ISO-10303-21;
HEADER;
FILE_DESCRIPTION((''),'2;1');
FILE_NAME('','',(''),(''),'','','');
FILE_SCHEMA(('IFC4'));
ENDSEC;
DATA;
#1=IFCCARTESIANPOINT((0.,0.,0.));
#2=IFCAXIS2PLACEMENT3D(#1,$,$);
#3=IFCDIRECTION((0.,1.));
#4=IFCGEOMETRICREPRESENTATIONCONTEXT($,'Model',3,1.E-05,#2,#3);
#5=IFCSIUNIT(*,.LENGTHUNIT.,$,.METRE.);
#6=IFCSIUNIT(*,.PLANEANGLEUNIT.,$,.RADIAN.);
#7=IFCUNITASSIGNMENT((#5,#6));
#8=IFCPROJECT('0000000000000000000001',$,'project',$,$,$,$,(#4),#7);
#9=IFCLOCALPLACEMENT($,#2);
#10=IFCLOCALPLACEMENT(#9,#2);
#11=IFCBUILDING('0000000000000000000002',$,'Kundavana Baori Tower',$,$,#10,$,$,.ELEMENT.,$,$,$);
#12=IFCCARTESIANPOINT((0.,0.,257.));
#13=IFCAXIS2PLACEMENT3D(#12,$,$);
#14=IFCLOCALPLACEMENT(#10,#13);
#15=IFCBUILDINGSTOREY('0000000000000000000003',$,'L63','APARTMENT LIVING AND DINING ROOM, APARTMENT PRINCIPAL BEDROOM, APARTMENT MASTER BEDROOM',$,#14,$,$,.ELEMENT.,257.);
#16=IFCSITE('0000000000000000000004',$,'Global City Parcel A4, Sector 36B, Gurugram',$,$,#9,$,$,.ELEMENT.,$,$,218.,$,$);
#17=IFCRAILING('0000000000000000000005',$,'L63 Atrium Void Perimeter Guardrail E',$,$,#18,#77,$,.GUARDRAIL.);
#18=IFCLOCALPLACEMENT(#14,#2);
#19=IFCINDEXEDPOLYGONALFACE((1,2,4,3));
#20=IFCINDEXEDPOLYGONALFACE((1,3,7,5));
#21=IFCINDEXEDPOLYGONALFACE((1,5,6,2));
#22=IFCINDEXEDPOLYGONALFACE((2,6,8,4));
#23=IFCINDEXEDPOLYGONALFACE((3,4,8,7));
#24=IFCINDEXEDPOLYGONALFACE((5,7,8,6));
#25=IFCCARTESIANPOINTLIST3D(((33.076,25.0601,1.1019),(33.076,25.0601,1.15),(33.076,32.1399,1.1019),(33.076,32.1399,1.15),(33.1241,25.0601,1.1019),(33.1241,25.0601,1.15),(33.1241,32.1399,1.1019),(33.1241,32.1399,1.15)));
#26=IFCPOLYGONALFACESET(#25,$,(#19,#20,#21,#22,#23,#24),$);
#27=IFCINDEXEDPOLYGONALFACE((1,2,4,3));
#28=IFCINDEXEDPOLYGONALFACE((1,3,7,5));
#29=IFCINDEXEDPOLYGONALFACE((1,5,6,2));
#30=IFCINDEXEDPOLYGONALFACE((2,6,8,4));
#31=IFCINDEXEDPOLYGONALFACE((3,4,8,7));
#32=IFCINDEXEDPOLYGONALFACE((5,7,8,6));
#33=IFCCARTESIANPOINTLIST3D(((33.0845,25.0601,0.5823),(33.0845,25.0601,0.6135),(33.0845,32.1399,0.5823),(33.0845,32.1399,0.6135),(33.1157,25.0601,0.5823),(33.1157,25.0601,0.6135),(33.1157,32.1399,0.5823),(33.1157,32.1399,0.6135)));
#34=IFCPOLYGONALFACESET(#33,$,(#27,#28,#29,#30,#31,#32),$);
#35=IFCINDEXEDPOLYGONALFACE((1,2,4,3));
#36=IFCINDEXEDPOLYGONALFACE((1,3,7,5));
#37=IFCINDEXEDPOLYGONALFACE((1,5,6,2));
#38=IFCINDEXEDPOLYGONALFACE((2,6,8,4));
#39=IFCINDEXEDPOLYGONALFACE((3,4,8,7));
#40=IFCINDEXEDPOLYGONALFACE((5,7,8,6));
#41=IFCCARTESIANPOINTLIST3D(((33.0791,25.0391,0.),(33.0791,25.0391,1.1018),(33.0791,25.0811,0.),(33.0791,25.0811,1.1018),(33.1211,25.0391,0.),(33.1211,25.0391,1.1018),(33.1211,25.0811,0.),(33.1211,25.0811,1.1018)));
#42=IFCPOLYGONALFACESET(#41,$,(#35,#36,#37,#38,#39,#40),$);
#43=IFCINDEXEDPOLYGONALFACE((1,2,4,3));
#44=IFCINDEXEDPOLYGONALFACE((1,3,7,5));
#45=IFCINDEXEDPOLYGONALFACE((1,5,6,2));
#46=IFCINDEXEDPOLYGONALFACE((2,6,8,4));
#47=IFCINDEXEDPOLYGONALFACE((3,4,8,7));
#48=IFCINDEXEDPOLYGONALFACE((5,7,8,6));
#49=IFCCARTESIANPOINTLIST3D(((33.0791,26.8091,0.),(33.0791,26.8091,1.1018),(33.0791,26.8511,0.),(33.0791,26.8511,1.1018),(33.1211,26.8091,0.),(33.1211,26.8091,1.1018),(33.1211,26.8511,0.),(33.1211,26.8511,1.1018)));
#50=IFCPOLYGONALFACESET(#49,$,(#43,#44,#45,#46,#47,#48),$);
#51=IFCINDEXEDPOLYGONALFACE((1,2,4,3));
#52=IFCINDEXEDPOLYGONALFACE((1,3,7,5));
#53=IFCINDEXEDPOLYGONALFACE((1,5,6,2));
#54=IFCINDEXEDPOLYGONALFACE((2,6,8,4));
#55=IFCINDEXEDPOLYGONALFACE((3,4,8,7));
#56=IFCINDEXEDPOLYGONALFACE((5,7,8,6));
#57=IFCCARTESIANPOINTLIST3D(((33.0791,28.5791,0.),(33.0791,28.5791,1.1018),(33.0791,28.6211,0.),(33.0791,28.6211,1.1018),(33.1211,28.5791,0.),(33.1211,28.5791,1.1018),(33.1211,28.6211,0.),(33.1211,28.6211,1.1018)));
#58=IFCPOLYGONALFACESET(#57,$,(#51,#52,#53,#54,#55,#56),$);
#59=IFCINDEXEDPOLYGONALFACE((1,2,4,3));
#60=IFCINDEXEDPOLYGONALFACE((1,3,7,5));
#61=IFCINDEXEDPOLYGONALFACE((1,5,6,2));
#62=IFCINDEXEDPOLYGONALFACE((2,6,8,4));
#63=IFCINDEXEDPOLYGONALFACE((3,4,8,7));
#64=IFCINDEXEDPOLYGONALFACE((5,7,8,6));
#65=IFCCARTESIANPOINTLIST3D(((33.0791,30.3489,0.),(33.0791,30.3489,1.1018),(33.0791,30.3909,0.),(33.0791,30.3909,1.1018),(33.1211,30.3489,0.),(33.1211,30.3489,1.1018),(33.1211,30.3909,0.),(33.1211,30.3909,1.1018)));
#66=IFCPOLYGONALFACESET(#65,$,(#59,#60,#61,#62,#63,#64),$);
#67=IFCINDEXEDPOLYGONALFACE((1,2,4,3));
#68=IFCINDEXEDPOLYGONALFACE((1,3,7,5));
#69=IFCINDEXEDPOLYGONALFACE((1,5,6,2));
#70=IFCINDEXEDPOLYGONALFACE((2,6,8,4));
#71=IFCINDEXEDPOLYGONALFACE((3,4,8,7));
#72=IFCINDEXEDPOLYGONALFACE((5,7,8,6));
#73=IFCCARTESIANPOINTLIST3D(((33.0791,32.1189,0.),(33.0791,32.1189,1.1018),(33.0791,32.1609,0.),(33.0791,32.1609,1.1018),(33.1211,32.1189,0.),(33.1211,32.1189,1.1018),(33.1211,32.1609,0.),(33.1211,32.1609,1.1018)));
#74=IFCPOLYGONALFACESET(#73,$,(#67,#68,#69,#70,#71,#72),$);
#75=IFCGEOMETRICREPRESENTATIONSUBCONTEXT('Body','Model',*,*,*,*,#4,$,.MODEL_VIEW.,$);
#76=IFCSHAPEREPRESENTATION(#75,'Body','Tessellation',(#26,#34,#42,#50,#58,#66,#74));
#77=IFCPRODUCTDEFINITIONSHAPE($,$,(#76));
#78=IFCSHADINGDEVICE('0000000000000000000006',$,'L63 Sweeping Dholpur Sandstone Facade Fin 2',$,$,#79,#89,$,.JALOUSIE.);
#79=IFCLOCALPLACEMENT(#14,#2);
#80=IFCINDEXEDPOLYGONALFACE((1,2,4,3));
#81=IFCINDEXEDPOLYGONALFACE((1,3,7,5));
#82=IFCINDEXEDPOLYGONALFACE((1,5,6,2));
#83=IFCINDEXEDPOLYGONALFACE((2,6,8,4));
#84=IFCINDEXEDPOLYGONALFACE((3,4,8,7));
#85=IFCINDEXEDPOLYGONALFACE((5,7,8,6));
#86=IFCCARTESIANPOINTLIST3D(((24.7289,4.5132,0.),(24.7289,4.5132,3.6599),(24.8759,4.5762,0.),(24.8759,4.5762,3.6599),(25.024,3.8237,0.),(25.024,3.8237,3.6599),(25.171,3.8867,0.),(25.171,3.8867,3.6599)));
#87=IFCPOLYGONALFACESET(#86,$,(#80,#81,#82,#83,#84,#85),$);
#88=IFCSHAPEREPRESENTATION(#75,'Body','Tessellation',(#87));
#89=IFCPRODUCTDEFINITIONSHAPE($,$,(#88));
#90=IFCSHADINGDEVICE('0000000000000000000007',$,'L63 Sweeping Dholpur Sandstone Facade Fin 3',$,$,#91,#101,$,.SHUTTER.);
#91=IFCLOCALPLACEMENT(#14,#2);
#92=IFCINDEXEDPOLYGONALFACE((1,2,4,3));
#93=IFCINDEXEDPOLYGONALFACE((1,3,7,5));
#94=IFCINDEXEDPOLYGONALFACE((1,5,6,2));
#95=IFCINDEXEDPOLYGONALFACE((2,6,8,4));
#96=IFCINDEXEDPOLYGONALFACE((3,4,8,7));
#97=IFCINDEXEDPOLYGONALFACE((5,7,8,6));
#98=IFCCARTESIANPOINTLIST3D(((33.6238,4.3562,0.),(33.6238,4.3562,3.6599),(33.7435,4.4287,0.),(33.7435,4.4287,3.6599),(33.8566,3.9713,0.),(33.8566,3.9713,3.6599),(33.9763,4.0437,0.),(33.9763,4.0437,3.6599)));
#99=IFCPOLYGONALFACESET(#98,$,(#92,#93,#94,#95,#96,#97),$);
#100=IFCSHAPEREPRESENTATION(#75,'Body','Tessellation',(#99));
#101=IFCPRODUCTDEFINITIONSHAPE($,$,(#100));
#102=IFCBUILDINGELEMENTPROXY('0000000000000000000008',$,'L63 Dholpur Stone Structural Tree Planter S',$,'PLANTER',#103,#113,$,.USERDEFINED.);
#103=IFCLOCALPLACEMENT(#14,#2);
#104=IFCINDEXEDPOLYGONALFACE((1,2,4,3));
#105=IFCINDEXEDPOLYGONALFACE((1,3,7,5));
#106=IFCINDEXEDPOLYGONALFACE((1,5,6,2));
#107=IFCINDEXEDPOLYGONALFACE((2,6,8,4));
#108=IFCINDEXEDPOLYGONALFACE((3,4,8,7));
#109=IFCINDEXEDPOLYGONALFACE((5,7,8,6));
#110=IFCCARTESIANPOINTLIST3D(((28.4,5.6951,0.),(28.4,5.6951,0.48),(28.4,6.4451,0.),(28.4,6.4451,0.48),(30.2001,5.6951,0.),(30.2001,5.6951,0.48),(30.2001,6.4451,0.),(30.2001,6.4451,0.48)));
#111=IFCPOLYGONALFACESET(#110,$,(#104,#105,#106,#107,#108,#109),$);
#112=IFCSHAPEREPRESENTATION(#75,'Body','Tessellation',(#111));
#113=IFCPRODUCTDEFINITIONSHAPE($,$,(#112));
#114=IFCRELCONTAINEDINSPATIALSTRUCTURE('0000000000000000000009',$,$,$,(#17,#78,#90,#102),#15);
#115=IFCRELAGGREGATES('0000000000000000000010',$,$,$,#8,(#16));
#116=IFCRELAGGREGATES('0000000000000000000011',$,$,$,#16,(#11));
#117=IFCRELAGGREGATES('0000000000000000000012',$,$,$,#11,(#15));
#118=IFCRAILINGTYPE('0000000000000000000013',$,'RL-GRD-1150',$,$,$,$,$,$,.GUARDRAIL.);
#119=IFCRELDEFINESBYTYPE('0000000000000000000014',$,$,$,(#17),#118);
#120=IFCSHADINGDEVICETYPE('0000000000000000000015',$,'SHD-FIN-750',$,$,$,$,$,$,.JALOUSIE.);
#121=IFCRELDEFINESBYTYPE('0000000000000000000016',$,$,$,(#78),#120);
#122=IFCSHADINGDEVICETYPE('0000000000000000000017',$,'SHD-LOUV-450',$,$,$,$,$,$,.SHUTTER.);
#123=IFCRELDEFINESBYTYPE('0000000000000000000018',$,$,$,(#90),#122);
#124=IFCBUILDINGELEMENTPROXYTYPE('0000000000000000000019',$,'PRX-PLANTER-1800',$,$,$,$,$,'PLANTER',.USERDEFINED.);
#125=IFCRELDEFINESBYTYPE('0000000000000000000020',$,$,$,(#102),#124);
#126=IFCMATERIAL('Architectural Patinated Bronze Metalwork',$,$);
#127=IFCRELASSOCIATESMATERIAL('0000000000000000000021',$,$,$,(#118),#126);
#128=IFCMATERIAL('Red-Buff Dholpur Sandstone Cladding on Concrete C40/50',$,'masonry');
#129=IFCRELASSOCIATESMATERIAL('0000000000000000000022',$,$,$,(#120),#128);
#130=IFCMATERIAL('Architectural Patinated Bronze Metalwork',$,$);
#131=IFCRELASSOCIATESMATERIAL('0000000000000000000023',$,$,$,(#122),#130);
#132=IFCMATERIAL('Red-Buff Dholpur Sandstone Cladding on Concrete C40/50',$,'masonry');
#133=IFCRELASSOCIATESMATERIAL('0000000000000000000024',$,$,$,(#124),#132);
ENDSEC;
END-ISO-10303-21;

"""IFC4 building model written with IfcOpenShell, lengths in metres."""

from ifc_helpers import new_model, si_unit, direction, frame, origin, origin_2d, place, context, subcontext, project, spatial, rectangle, extrude, material, type_object, element, save


model = new_model("IFC4")

# Units and contexts
model_context = context("Model", 3, precision=1e-05, world=origin(), true_north=direction((0.0, 1.0)))
body_context = subcontext(model_context, "Body", "Model", "MODEL_VIEW")
ifc_project = project(units=[si_unit("LENGTHUNIT", "METRE"), si_unit("PLANEANGLEUNIT", "RADIAN")], contexts=[model_context])

# Site, building, storey
site_placement = place(None, origin())
site = spatial("IfcSite", under=ifc_project, at=site_placement, Name="Global City Parcel A4, Sector 36B, Gurugram", CompositionType="ELEMENT", RefElevation=218.0)
building_placement = place(site_placement, origin())
building = spatial("IfcBuilding", under=site, at=building_placement, Name="Kundavana Baori Tower", CompositionType="ELEMENT")
storey_placement = place(building_placement, frame((0.0, 0.0, 257.0)))
storey = spatial("IfcBuildingStorey", under=building, at=storey_placement, Name="L63", Description="APARTMENT LIVING AND DINING ROOM, APARTMENT PRINCIPAL BEDROOM, APARTMENT MASTER BEDROOM", CompositionType="ELEMENT", Elevation=257.0)

# Railing
ifc_material_1 = material(Name="Architectural Patinated Bronze Metalwork")
railing_type = type_object("IfcRailingType", Name="RL-GRD-1150", PredefinedType="GUARDRAIL", material=ifc_material_1)
railing_1_placement = place(storey_placement, frame((33.1001, 25.0601, 0.0)))
element("IfcRailing", 1, at=railing_1_placement, inside=storey, type_object=railing_type, Name="L63 Atrium Void Perimeter Guardrail E", PredefinedType="GUARDRAIL", context=body_context, shape_type="SweptSolid", body=[
    extrude(rectangle(XDim=0.0481, YDim=0.0481, at=origin_2d()), frame((0.0, 0.0, 1.126), z_axis=(0.0, 1.0, 0.0), x_axis=(-1.0, 0.0, 0.0)), (0.0, 0.0, 1.0), 7.0798),
    extrude(rectangle(XDim=0.0312, YDim=0.0312, at=origin_2d()), frame((0.0, 0.0, 0.5979), z_axis=(0.0, 1.0, 0.0), x_axis=(-1.0, 0.0, 0.0)), (0.0, 0.0, 1.0), 7.0798),
    extrude(rectangle(XDim=0.042, YDim=0.042, at=origin_2d()), origin(), (0.0, 0.0, 1.0), 1.1018),
    extrude(rectangle(XDim=0.042, YDim=0.042, at=origin_2d()), frame((0.0, 1.77, 0.0)), (0.0, 0.0, 1.0), 1.1018),
    extrude(rectangle(XDim=0.042, YDim=0.042, at=origin_2d()), frame((0.0, 3.54, 0.0)), (0.0, 0.0, 1.0), 1.1018),
    extrude(rectangle(XDim=0.042, YDim=0.042, at=origin_2d()), frame((0.0, 5.3098, 0.0)), (0.0, 0.0, 1.0), 1.1018),
    extrude(rectangle(XDim=0.042, YDim=0.042, at=origin_2d()), frame((0.0, 7.0798, 0.0)), (0.0, 0.0, 1.0), 1.1018),
])

# Shading devices
ifc_material_2 = material(Name="Red-Buff Dholpur Sandstone Cladding on Concrete C40/50", Category="masonry")
shading_device_type_1 = type_object("IfcShadingDeviceType", Name="SHD-FIN-750", PredefinedType="JALOUSIE", material=ifc_material_2)
shading_device_1_placement = place(storey_placement, frame((24.95, 4.2, 0.0), z_axis=(0.0, 0.0, 1.0), x_axis=(0.919341, 0.393461, 0.0)))
element("IfcShadingDevice", 2, at=shading_device_1_placement, inside=storey, type_object=shading_device_type_1, Name="L63 Sweeping Dholpur Sandstone Facade Fin 2", PredefinedType="JALOUSIE", context=body_context, shape_type="SweptSolid", body=[
    extrude(rectangle(XDim=0.1599, YDim=0.75, at=origin_2d()), origin(), (0.0, 0.0, 1.0), 3.6599),
])
ifc_material_3 = material(Name="Architectural Patinated Bronze Metalwork")
shading_device_type_2 = type_object("IfcShadingDeviceType", Name="SHD-LOUV-450", PredefinedType="SHUTTER", material=ifc_material_3)
shading_device_2_placement = place(storey_placement, frame((33.8, 4.2, 0.0), z_axis=(0.0, 0.0, 1.0), x_axis=(0.855635, 0.517579, 0.0)))
element("IfcShadingDevice", 3, at=shading_device_2_placement, inside=storey, type_object=shading_device_type_2, Name="L63 Sweeping Dholpur Sandstone Facade Fin 3", PredefinedType="SHUTTER", context=body_context, shape_type="SweptSolid", body=[
    extrude(rectangle(XDim=0.1399, YDim=0.45, at=origin_2d()), origin(), (0.0, 0.0, 1.0), 3.6599),
])

# Building element proxy
ifc_material_4 = material(Name="Red-Buff Dholpur Sandstone Cladding on Concrete C40/50", Category="masonry")
building_element_proxy_type = type_object("IfcBuildingElementProxyType", Name="PRX-PLANTER-1800", ElementType="PLANTER", PredefinedType="USERDEFINED", material=ifc_material_4)
proxy_placement = place(storey_placement, frame((29.3, 6.0701, 0.0), z_axis=(0.0, 0.0, 1.0), x_axis=(1.0, 0.0, 0.0)))
element("IfcBuildingElementProxy", 4, at=proxy_placement, inside=storey, type_object=building_element_proxy_type, Name="L63 Dholpur Stone Structural Tree Planter S", ObjectType="PLANTER", PredefinedType="USERDEFINED", context=body_context, shape_type="SweptSolid", body=[
    extrude(rectangle(XDim=1.8, YDim=0.75, at=origin_2d()), origin(), (0.0, 0.0, 1.0), 0.48),
])

save(model, "model.ifc")
